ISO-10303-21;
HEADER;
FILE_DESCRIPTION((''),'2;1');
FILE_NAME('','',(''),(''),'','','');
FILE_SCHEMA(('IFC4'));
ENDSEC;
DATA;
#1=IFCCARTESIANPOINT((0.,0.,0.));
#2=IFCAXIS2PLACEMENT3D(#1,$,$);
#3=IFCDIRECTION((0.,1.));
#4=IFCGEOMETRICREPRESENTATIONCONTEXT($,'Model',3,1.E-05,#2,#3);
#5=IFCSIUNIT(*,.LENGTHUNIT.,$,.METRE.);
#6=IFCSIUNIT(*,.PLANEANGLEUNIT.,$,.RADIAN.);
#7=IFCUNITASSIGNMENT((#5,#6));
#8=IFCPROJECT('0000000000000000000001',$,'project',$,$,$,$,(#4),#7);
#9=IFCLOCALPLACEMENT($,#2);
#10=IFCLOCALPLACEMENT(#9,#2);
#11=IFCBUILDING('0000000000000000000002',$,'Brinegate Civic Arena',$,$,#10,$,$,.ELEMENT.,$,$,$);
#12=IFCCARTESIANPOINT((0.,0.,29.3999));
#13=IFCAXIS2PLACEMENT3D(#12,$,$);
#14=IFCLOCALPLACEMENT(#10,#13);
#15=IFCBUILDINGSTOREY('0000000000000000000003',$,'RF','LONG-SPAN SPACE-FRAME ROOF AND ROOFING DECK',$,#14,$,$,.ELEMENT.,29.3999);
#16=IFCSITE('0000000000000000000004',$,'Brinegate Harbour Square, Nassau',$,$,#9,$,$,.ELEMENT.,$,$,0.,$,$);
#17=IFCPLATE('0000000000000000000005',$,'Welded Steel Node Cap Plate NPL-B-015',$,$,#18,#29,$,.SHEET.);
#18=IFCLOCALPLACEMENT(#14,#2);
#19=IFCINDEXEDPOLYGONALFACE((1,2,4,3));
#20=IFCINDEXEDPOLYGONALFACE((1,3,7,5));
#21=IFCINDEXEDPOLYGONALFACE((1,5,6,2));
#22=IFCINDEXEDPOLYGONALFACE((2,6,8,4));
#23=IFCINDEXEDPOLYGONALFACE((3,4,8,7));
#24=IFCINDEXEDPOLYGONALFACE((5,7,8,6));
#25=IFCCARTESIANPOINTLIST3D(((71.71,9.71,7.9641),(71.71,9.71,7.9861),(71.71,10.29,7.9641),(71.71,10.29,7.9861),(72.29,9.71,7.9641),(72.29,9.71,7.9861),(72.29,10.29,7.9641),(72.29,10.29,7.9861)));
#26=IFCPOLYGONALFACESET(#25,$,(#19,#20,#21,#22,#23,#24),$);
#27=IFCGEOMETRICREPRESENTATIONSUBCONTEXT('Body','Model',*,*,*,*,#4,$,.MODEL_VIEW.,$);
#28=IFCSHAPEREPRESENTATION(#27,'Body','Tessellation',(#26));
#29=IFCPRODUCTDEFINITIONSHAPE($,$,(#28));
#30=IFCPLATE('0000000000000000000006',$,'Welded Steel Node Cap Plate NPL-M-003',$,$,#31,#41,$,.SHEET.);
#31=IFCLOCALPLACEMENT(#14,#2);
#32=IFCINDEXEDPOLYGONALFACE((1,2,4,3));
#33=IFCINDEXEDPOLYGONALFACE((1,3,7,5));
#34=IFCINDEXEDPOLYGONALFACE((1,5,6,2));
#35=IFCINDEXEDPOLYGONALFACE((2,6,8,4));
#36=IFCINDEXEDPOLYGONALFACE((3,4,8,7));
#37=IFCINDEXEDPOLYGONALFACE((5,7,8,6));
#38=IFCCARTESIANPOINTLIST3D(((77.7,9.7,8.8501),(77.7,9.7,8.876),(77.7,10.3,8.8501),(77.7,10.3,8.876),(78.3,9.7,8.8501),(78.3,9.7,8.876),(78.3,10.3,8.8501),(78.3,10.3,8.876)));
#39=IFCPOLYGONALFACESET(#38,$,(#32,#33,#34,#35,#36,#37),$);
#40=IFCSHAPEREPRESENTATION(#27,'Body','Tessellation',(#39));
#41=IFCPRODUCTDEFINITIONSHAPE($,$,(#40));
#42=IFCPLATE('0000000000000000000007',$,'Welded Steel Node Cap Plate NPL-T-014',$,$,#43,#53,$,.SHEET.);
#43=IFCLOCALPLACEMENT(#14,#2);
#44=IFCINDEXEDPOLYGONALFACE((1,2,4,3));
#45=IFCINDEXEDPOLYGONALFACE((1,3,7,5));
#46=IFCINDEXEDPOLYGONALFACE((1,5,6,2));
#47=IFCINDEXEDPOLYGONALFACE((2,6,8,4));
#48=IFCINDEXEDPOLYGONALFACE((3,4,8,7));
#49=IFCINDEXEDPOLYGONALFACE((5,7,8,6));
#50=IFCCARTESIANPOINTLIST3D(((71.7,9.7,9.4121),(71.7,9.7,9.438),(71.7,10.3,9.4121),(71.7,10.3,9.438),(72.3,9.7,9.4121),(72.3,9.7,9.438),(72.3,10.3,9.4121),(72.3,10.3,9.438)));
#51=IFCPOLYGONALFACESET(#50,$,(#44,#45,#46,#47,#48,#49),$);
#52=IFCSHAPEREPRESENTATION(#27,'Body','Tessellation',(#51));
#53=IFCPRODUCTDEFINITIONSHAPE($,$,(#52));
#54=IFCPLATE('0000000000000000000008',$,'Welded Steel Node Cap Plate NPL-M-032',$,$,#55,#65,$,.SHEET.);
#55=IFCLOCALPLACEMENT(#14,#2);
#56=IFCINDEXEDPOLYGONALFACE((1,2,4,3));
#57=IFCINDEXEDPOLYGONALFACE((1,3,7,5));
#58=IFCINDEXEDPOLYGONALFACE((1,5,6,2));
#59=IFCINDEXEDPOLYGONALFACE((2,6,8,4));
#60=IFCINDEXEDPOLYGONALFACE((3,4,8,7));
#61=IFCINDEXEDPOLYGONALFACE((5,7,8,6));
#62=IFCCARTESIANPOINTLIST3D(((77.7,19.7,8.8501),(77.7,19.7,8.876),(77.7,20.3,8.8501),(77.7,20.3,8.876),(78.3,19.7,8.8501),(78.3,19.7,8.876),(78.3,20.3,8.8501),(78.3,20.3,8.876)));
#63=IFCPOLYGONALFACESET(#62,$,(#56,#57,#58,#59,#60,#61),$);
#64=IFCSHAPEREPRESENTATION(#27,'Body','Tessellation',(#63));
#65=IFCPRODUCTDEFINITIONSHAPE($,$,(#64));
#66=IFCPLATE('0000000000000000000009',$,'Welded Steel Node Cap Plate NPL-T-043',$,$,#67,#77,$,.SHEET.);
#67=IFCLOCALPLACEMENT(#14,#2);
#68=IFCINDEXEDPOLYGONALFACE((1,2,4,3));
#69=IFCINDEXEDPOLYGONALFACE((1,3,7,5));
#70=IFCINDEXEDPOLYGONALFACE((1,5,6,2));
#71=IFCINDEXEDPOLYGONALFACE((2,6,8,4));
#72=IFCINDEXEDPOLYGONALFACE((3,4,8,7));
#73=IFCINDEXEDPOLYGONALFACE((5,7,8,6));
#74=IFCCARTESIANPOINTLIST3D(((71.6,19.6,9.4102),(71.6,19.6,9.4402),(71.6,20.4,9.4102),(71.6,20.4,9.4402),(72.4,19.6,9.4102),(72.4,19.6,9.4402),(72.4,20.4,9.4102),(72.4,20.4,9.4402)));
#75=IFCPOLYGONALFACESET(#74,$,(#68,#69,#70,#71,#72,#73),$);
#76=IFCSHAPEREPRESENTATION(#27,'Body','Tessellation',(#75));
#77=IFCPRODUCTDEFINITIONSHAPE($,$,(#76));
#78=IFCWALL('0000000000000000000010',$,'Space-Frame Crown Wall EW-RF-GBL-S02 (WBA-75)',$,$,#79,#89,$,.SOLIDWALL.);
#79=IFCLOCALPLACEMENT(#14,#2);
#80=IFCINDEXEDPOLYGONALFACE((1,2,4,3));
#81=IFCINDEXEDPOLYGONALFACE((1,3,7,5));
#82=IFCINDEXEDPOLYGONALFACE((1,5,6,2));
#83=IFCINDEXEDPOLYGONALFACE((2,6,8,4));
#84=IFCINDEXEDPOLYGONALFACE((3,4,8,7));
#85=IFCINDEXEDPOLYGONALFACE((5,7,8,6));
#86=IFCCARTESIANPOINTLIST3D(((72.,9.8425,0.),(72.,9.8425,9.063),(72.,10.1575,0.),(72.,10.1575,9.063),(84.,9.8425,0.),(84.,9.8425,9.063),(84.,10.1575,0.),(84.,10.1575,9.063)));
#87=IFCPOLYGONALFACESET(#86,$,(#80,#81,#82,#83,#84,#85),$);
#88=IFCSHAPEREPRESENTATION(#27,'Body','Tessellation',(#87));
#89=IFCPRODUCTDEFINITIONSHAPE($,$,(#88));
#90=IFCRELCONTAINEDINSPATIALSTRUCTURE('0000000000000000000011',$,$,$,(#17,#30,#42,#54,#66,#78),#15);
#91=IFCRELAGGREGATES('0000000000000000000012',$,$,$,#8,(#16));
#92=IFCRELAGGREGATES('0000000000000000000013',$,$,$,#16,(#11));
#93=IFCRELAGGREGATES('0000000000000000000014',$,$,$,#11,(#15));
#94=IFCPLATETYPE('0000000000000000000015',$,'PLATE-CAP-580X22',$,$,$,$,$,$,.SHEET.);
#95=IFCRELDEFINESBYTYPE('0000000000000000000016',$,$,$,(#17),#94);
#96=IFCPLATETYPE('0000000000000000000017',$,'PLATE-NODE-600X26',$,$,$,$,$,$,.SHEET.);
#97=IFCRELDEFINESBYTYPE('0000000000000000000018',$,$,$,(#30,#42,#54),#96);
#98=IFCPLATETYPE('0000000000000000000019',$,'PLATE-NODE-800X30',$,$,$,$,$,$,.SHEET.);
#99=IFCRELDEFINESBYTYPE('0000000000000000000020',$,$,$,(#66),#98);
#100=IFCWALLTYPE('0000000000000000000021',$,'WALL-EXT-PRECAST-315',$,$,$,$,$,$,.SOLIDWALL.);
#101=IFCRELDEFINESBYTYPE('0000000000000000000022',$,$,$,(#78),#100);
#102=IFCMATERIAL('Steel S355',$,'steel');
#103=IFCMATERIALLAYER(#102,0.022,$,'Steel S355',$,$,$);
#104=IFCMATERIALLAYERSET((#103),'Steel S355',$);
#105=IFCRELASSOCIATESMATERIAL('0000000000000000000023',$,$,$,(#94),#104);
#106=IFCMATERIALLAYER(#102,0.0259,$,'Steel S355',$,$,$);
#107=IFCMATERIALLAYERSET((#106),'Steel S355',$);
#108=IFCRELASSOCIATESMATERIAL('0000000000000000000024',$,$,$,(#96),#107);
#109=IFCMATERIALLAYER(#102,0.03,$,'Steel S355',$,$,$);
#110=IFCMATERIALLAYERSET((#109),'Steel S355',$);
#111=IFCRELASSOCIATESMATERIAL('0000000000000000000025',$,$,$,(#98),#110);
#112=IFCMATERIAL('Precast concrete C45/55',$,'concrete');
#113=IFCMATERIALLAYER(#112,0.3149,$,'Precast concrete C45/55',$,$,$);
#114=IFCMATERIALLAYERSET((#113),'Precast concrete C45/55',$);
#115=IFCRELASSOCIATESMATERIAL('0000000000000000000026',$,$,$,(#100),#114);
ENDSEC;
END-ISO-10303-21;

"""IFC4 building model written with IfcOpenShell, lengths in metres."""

from ifc_helpers import new_model, si_unit, direction, frame, frame_2d, origin, origin_2d, place, context, subcontext, project, spatial, rectangle, extrude, material, layer, layer_set, type_object, element, save


model = new_model("IFC4")

# Units and contexts
model_context = context("Model", 3, precision=1e-05, world=origin(), true_north=direction((0.0, 1.0)))
body_context = subcontext(model_context, "Body", "Model", "MODEL_VIEW")
ifc_project = project(units=[si_unit("LENGTHUNIT", "METRE"), si_unit("PLANEANGLEUNIT", "RADIAN")], contexts=[model_context])

# Site, building, storey
site_placement = place(None, origin())
site = spatial("IfcSite", under=ifc_project, at=site_placement, Name="Brinegate Harbour Square, Nassau", CompositionType="ELEMENT", RefElevation=0.0)
building_placement = place(site_placement, origin())
building = spatial("IfcBuilding", under=site, at=building_placement, Name="Brinegate Civic Arena", CompositionType="ELEMENT")
storey_placement = place(building_placement, frame((0.0, 0.0, 29.3999)))
storey = spatial("IfcBuildingStorey", under=building, at=storey_placement, Name="RF", Description="LONG-SPAN SPACE-FRAME ROOF AND ROOFING DECK", CompositionType="ELEMENT", Elevation=29.3999)

# Shared definitions
ifc_material_1 = material(Name="Steel S355", Category="steel")

# Plates
ifc_layer_1 = layer(ifc_material_1, 0.022, Name="Steel S355")
ifc_layer_set_1 = layer_set([ifc_layer_1], Name="Steel S355")
plate_type_1 = type_object("IfcPlateType", Name="PLATE-CAP-580X22", PredefinedType="SHEET", material=ifc_layer_set_1)
plate_1_placement = place(storey_placement, frame((72.0, 10.0, 7.9641), z_axis=(0.0, 0.0, 1.0), x_axis=(1.0, 0.0, 0.0)))
element("IfcPlate", 1, at=plate_1_placement, inside=storey, type_object=plate_type_1, Name="Welded Steel Node Cap Plate NPL-B-015", PredefinedType="SHEET", context=body_context, shape_type="SweptSolid", body=[
    extrude(rectangle(XDim=0.5801, YDim=0.5801, at=origin_2d()), origin(), (0.0, 0.0, 1.0), 0.022),
])
ifc_layer_2 = layer(ifc_material_1, 0.0259, Name="Steel S355")
ifc_layer_set_2 = layer_set([ifc_layer_2], Name="Steel S355")
plate_type_2 = type_object("IfcPlateType", Name="PLATE-NODE-600X26", PredefinedType="SHEET", material=ifc_layer_set_2)
for number, where, z_axis, x_axis, name in (
    (2, (78.0, 10.0, 8.8501), (0.0, 0.0, 1.0), (1.0, 0.0, 0.0), "Welded Steel Node Cap Plate NPL-M-003"),
    (3, (72.0, 10.0, 9.4121), (0.0, 0.0, 1.0), (1.0, 0.0, 0.0), "Welded Steel Node Cap Plate NPL-T-014"),
    (4, (78.0, 20.0, 8.8501), (0.0, 0.0, 1.0), (1.0, 0.0, 0.0), "Welded Steel Node Cap Plate NPL-M-032"),
):
    element("IfcPlate", number, at=place(storey_placement, frame(where, z_axis=z_axis, x_axis=x_axis)), inside=storey, type_object=plate_type_2, Name=name, PredefinedType="SHEET", context=body_context, shape_type="SweptSolid", body=[
        extrude(rectangle(XDim=0.6001, YDim=0.6001, at=origin_2d()), origin(), (0.0, 0.0, 1.0), 0.0259),
    ])
ifc_layer_3 = layer(ifc_material_1, 0.03, Name="Steel S355")
ifc_layer_set_3 = layer_set([ifc_layer_3], Name="Steel S355")
plate_type_3 = type_object("IfcPlateType", Name="PLATE-NODE-800X30", PredefinedType="SHEET", material=ifc_layer_set_3)
plate_2_placement = place(storey_placement, frame((72.0, 20.0, 9.4102), z_axis=(0.0, 0.0, 1.0), x_axis=(1.0, 0.0, 0.0)))
element("IfcPlate", 5, at=plate_2_placement, inside=storey, type_object=plate_type_3, Name="Welded Steel Node Cap Plate NPL-T-043", PredefinedType="SHEET", context=body_context, shape_type="SweptSolid", body=[
    extrude(rectangle(XDim=0.8, YDim=0.8, at=origin_2d()), origin(), (0.0, 0.0, 1.0), 0.03),
])

# Wall
ifc_material_2 = material(Name="Precast concrete C45/55", Category="concrete")
ifc_layer_4 = layer(ifc_material_2, 0.3149, Name="Precast concrete C45/55")
ifc_layer_set_4 = layer_set([ifc_layer_4], Name="Precast concrete C45/55")
wall_type = type_object("IfcWallType", Name="WALL-EXT-PRECAST-315", PredefinedType="SOLIDWALL", material=ifc_layer_set_4)
wall_placement = place(storey_placement, frame((72.0, 10.0, 0.0), z_axis=(0.0, 0.0, 1.0), x_axis=(1.0, 0.0, 0.0)))
element("IfcWall", 6, at=wall_placement, inside=storey, type_object=wall_type, Name="Space-Frame Crown Wall EW-RF-GBL-S02 (WBA-75)", PredefinedType="SOLIDWALL", context=body_context, shape_type="SweptSolid", body=[
    extrude(rectangle(XDim=12.0, YDim=0.3149, at=frame_2d((6.0, 0.0))), origin(), (0.0, 0.0, 1.0), 9.063),
])

save(model, "model.ifc")
